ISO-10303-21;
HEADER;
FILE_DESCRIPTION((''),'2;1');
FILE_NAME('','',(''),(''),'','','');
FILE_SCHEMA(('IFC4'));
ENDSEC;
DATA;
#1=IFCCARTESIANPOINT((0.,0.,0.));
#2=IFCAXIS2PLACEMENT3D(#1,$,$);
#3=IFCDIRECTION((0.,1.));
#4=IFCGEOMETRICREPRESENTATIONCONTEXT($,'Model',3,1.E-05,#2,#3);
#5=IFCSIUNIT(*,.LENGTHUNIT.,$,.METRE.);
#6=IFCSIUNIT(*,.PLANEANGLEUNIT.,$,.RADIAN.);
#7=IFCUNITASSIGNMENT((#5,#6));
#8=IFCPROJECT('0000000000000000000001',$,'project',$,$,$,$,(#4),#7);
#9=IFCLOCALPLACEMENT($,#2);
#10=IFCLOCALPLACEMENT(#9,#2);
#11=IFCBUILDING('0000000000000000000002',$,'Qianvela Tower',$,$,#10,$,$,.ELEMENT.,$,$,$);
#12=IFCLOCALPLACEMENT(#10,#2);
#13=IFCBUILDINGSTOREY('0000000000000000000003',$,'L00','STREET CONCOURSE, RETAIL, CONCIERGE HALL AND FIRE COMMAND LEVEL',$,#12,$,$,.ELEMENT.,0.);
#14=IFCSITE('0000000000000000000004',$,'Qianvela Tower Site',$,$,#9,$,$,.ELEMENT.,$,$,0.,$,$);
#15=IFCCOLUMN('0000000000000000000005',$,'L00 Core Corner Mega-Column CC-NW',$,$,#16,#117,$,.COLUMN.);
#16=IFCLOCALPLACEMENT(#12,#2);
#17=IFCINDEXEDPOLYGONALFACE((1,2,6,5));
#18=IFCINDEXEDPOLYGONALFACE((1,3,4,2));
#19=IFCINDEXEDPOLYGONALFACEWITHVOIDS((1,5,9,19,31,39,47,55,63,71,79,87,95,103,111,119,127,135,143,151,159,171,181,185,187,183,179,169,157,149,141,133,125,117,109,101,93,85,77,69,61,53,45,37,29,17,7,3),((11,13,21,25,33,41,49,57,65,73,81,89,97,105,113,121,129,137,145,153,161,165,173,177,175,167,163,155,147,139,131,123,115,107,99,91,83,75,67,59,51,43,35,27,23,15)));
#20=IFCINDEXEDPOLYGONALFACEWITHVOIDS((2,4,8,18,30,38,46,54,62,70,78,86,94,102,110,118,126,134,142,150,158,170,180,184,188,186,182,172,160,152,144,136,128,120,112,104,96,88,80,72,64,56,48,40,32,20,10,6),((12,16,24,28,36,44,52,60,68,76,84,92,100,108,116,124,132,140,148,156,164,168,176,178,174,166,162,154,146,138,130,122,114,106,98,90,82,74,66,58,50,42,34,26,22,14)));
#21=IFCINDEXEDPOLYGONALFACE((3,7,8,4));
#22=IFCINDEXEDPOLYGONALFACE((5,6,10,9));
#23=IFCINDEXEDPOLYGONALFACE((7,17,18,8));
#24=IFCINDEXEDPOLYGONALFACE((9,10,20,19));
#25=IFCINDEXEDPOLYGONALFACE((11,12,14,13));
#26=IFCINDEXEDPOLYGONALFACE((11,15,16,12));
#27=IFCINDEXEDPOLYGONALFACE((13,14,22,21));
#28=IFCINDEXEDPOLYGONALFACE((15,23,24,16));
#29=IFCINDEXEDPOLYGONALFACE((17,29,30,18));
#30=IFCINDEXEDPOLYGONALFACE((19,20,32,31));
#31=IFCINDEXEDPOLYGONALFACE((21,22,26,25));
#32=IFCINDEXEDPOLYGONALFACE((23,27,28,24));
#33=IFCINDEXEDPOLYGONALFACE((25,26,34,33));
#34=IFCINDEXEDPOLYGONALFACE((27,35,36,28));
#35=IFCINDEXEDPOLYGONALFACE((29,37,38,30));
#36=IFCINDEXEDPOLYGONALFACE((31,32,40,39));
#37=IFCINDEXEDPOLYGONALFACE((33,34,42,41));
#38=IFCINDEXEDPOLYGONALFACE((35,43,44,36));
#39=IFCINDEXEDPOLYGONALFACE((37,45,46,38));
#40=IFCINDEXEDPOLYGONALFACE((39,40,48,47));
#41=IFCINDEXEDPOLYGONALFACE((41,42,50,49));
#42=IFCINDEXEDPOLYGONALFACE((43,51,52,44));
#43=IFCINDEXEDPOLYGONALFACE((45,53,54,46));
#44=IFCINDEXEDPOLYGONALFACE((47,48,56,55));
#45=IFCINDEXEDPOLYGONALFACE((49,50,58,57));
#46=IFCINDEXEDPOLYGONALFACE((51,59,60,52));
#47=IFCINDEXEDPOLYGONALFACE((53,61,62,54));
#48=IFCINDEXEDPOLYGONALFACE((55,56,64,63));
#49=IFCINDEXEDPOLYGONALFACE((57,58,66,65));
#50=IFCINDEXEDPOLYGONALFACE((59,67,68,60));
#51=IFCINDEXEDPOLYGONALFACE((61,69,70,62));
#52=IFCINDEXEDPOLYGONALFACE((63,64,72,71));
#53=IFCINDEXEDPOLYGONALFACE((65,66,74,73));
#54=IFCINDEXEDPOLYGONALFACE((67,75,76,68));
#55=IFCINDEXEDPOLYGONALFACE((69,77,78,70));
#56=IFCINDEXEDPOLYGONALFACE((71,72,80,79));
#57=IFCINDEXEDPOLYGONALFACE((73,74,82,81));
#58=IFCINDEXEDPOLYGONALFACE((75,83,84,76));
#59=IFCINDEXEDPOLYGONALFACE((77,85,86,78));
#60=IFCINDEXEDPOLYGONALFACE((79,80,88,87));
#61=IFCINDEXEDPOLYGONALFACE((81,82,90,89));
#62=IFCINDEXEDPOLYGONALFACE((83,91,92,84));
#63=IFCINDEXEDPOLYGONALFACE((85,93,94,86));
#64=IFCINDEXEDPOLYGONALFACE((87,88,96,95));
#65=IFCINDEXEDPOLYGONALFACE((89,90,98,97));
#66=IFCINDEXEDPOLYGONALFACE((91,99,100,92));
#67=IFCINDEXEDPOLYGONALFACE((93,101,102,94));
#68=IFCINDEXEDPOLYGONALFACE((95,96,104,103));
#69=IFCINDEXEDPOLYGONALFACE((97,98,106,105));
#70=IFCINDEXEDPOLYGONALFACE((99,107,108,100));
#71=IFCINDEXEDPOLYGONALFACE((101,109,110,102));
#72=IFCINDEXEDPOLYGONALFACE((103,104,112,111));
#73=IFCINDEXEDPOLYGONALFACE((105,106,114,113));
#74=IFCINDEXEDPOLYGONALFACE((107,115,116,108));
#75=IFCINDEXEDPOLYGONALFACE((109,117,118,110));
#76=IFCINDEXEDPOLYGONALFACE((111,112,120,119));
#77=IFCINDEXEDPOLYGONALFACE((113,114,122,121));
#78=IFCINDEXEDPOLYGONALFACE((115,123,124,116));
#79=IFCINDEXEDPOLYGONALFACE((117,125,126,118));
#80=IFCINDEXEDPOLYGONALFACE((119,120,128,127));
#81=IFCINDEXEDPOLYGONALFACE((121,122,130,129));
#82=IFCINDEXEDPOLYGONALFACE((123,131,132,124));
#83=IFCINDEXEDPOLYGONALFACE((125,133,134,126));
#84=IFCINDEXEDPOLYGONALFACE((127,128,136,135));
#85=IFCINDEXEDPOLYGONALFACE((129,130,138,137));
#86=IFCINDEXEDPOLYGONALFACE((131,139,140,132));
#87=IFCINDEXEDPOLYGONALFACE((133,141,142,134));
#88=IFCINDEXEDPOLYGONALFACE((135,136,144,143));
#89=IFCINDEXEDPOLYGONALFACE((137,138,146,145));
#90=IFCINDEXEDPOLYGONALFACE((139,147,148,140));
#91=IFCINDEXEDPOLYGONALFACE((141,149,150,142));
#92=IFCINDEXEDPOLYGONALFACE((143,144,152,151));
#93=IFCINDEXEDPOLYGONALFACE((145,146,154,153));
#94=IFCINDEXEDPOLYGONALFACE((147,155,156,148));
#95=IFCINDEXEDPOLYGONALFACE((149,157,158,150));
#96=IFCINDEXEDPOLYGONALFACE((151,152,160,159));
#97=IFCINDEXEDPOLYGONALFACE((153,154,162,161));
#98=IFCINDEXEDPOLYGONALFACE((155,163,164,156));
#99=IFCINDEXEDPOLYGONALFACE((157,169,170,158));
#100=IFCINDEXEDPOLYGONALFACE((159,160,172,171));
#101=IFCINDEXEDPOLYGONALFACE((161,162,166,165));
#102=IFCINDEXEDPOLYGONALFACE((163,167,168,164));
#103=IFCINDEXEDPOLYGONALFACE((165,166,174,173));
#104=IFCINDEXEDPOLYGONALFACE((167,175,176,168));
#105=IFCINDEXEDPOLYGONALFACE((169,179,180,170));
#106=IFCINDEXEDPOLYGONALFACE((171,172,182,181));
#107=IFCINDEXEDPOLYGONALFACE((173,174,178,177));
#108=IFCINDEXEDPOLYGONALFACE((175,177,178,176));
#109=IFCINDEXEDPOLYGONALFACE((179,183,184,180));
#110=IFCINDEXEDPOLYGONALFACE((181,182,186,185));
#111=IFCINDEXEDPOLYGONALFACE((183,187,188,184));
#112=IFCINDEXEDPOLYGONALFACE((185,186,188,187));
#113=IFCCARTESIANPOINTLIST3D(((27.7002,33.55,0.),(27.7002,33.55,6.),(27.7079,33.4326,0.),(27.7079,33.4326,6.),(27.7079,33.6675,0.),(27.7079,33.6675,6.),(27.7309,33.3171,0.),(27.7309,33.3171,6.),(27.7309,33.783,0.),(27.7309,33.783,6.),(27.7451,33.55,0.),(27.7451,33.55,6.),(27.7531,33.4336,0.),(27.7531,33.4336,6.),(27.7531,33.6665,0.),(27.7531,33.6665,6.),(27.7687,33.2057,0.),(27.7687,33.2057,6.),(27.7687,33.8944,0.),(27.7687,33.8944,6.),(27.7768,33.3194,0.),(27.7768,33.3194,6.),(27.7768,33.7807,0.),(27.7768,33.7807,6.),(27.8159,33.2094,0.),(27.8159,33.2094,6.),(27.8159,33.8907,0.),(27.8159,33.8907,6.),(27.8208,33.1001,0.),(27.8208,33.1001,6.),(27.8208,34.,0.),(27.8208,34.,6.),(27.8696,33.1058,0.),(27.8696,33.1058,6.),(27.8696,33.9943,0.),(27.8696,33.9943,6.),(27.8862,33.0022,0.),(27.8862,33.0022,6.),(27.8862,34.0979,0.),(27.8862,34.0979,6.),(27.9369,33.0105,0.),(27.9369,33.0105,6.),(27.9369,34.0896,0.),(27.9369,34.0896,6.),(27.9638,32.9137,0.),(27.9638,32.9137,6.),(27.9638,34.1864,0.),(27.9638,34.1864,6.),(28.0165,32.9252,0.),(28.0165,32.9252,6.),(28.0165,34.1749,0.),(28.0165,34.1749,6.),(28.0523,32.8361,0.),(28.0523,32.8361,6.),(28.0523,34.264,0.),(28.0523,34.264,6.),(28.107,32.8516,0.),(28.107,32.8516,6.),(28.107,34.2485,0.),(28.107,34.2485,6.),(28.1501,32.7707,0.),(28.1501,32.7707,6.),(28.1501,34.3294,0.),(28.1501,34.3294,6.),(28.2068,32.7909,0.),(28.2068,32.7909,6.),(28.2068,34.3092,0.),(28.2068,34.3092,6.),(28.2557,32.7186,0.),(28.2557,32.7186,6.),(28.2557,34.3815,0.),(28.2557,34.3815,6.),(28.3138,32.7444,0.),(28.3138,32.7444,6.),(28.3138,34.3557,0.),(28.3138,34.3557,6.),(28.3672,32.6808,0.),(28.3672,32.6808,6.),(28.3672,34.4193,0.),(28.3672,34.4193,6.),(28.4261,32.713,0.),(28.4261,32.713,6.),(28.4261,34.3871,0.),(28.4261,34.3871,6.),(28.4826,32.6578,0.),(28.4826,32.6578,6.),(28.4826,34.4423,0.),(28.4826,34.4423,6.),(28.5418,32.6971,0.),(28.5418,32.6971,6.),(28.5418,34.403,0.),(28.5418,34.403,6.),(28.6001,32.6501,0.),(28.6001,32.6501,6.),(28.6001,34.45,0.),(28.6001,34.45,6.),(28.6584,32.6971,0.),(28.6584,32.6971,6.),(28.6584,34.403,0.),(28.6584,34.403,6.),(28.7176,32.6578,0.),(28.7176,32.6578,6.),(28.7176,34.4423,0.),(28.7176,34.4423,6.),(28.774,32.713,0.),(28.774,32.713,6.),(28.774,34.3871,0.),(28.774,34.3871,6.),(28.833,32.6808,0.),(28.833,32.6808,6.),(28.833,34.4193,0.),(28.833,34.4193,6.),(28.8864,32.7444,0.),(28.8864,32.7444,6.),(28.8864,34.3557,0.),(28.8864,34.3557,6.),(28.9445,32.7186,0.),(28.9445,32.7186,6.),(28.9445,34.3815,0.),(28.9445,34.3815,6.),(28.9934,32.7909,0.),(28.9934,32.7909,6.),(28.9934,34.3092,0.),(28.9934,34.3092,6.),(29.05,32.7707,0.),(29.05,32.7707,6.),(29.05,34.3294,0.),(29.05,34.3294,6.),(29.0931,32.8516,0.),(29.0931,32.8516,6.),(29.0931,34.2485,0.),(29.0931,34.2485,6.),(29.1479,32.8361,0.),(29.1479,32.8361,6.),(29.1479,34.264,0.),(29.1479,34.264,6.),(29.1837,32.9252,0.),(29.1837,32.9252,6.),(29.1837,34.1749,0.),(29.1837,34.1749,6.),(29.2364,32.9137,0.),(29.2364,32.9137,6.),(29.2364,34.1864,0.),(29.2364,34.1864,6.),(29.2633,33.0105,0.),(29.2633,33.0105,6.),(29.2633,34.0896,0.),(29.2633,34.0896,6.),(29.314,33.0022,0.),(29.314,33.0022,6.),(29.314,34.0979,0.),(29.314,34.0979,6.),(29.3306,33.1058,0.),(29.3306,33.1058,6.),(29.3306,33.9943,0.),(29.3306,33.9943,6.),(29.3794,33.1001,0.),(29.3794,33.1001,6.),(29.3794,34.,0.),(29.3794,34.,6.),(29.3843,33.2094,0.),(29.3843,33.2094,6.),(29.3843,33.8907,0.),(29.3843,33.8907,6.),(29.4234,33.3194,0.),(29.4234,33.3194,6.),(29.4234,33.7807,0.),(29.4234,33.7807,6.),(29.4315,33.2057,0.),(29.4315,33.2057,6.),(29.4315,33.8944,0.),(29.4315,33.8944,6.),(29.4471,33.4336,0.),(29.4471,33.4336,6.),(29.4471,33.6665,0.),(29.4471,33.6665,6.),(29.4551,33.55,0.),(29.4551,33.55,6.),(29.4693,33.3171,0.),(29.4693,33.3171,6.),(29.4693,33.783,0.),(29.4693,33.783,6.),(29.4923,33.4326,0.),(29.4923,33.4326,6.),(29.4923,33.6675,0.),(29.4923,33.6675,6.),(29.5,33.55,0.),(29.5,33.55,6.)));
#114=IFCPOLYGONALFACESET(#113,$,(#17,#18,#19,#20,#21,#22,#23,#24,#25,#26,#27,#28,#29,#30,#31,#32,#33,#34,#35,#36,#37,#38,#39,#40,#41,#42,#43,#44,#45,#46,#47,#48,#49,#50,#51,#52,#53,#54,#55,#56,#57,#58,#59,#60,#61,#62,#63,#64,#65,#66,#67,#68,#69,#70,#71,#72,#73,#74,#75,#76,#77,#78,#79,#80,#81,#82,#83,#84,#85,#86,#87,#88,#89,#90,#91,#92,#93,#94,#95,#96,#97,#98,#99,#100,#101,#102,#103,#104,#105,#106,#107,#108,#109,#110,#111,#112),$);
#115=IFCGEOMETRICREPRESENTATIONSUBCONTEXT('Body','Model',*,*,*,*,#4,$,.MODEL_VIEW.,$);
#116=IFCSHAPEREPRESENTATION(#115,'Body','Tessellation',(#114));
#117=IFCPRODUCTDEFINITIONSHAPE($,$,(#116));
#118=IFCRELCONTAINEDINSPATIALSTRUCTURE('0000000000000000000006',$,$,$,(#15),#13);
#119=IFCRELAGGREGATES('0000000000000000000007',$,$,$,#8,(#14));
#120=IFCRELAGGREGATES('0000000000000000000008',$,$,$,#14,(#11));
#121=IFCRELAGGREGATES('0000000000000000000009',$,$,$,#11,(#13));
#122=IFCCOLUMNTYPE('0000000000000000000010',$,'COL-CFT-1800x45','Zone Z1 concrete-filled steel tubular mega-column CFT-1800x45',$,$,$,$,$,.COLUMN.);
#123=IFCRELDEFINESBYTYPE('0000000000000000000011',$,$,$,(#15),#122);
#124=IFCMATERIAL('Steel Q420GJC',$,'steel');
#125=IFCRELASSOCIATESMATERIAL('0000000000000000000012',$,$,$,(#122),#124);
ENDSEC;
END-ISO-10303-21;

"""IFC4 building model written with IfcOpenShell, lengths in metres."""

from ifc_helpers import new_model, si_unit, direction, frame, origin, origin_2d, place, context, subcontext, project, spatial, hollow_circle, extrude, material, material_profile, profile_set, type_object, element, save


model = new_model("IFC4")

# Units and contexts
model_context = context("Model", 3, precision=1e-05, world=origin(), true_north=direction((0.0, 1.0)))
body_context = subcontext(model_context, "Body", "Model", "MODEL_VIEW")
ifc_project = project(units=[si_unit("LENGTHUNIT", "METRE"), si_unit("PLANEANGLEUNIT", "RADIAN")], contexts=[model_context])

# Site, building, storey
site_placement = place(None, origin())
site = spatial("IfcSite", under=ifc_project, at=site_placement, Name="Qianvela Tower Site", CompositionType="ELEMENT", RefElevation=0.0)
building_placement = place(site_placement, origin())
building = spatial("IfcBuilding", under=site, at=building_placement, Name="Qianvela Tower", CompositionType="ELEMENT")
storey_placement = place(building_placement, origin())
storey = spatial("IfcBuildingStorey", under=building, at=storey_placement, Name="L00", Description="STREET CONCOURSE, RETAIL, CONCIERGE HALL AND FIRE COMMAND LEVEL", CompositionType="ELEMENT", Elevation=0.0)

# Column
ifc_material_1 = material(Name="Steel Q420GJC", Category="steel")
ifc_material_profile_1 = material_profile(ifc_material_1, hollow_circle(Radius=0.8999, WallThickness=0.0449, at=origin_2d()), Name="CFT-1800x45")
ifc_profile_set_1 = profile_set([ifc_material_profile_1], Name="Steel Q420GJC")
column_type_1 = type_object("IfcColumnType", Name="COL-CFT-1800x45", Description="Zone Z1 concrete-filled steel tubular mega-column CFT-1800x45", PredefinedType="COLUMN", material=ifc_profile_set_1)
for number, where, z_axis, x_axis, name in (
    (1, (28.6001, 33.55, 0.0), (0.0, 0.0, 1.0), (1.0, 0.0, 0.0), "L00 Core Corner Mega-Column CC-NW"),
):
    element("IfcColumn", number, at=place(storey_placement, frame(where, z_axis=z_axis, x_axis=x_axis)), inside=storey, type_object=column_type_1, Name=name, PredefinedType="COLUMN", context=body_context, shape_type="SweptSolid", body=[
        extrude(hollow_circle(Radius=0.8999, WallThickness=0.0449, at=origin_2d()), origin(), (0.0, 0.0, 1.0), 6.0),
    ])

save(model, "model.ifc")
